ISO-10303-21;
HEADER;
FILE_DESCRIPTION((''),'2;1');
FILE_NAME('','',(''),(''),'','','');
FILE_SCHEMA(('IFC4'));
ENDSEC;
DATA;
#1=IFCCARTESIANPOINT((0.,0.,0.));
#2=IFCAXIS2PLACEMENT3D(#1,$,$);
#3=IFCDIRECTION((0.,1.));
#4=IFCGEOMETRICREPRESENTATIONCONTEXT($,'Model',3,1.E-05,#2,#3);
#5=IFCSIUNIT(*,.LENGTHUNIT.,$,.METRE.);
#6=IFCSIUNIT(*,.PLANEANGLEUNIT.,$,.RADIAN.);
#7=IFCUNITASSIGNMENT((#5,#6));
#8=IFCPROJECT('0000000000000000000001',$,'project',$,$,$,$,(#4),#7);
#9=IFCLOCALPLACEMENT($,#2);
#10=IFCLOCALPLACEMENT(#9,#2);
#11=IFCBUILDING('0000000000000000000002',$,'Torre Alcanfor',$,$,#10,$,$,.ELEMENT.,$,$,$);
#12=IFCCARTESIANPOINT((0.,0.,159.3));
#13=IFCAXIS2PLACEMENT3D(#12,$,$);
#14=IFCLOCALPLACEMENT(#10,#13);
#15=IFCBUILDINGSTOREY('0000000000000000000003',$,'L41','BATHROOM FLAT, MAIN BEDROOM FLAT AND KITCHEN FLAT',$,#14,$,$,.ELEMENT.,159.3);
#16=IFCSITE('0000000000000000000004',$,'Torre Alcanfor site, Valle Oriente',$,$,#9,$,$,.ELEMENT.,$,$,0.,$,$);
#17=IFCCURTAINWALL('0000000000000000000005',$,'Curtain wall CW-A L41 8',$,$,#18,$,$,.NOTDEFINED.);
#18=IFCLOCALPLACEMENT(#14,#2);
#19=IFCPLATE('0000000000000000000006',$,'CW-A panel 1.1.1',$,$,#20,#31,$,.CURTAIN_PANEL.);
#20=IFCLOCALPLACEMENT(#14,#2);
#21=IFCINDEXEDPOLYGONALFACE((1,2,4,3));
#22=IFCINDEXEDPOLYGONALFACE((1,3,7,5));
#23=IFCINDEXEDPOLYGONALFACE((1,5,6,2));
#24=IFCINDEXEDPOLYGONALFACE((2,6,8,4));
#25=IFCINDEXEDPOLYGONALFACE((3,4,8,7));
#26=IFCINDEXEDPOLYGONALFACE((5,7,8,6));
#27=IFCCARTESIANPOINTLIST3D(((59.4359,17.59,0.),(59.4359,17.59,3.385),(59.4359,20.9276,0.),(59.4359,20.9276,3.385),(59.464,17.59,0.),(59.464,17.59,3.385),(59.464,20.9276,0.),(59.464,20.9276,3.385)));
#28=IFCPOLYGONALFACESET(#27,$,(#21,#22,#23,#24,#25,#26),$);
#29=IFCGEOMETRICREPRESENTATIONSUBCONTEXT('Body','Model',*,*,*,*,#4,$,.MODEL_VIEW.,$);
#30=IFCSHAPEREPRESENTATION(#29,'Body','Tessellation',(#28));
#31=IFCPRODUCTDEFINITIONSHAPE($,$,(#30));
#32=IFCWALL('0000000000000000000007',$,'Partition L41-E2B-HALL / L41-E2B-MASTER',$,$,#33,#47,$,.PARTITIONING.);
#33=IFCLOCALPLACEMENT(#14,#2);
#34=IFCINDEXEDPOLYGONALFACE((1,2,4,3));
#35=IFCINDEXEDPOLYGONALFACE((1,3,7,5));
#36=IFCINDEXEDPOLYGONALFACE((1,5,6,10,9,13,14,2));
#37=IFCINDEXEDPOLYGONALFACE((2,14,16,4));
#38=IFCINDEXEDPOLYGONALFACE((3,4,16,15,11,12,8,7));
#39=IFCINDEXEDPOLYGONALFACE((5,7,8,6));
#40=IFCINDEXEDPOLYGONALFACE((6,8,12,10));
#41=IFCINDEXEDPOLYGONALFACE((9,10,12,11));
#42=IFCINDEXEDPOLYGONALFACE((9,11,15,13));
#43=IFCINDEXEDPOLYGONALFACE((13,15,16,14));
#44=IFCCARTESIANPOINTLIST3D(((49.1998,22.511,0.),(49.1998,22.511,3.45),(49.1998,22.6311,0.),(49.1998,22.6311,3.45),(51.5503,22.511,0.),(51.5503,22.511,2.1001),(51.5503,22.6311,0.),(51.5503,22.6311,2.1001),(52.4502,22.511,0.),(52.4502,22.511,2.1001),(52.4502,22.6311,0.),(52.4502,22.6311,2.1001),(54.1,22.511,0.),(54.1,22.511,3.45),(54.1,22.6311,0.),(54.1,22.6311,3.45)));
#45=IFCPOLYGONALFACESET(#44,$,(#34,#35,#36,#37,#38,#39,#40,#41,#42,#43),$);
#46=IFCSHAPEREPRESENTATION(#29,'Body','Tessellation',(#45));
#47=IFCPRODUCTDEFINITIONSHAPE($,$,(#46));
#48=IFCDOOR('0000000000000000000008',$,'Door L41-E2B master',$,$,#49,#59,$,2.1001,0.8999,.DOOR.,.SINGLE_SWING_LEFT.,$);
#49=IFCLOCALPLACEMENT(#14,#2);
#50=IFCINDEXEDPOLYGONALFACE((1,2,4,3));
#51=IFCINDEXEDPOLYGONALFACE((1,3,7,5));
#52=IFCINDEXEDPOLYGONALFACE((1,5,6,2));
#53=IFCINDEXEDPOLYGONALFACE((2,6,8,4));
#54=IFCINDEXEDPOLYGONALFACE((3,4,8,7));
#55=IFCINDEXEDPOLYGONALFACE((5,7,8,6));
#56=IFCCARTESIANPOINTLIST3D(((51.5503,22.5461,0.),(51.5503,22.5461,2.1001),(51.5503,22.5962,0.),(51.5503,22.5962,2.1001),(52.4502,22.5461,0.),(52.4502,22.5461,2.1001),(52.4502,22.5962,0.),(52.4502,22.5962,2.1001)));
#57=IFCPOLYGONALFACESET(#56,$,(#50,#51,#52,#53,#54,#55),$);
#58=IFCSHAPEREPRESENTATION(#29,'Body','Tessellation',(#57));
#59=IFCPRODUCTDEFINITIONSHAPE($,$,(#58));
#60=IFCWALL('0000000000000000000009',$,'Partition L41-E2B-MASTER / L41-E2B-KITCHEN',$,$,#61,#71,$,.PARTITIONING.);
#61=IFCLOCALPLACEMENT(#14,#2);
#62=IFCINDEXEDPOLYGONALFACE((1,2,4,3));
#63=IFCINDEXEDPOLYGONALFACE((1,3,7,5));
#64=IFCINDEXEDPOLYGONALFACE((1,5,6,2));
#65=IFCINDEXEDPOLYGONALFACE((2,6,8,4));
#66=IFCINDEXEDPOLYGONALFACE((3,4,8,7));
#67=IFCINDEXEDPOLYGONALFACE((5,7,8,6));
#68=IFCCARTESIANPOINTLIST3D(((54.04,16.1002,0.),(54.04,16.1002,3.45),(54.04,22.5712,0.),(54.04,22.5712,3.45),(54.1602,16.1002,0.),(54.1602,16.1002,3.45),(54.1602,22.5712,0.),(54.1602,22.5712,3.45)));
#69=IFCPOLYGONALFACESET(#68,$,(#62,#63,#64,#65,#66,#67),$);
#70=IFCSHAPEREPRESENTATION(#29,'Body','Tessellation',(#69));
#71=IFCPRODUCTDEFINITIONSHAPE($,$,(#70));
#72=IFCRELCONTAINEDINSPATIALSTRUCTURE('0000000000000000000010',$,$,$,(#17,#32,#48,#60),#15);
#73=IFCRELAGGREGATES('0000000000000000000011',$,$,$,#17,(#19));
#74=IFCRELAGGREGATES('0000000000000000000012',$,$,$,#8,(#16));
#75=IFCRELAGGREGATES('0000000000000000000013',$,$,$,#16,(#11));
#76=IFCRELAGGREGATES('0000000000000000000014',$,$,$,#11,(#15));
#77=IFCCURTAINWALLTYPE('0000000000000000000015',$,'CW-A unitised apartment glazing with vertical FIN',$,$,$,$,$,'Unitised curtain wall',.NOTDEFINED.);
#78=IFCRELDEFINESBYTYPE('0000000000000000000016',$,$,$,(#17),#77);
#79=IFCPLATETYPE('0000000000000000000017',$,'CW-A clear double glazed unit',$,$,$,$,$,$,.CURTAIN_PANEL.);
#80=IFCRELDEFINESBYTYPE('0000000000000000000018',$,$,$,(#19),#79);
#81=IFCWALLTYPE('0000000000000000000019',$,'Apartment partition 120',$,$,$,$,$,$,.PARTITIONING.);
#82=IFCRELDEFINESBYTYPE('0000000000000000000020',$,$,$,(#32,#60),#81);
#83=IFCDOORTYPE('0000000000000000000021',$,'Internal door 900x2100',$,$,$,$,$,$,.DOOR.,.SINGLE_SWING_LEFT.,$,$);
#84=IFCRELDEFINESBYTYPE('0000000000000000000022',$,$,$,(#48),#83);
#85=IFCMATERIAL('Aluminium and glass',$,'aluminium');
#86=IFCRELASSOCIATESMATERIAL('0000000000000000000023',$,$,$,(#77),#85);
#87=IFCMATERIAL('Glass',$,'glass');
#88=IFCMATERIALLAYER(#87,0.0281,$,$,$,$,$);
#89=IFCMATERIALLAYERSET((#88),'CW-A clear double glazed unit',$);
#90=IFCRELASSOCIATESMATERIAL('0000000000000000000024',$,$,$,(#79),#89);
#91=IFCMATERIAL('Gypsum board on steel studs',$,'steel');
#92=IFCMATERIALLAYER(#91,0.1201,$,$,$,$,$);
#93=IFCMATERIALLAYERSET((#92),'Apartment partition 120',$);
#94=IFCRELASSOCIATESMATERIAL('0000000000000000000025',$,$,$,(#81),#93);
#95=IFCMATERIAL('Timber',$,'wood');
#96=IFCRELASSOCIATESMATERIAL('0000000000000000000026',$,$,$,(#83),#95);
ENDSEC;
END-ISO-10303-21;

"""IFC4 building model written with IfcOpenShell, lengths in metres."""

from ifc_helpers import new_model, si_unit, direction, frame, frame_2d, origin, origin_2d, place, context, subcontext, project, spatial, rectangle, extrude, material, layer, layer_set, type_object, element, fill, aggregate, save


model = new_model("IFC4")

# Units and contexts
model_context = context("Model", 3, precision=1e-05, world=origin(), true_north=direction((0.0, 1.0)))
body_context = subcontext(model_context, "Body", "Model", "MODEL_VIEW")
ifc_project = project(units=[si_unit("LENGTHUNIT", "METRE"), si_unit("PLANEANGLEUNIT", "RADIAN")], contexts=[model_context])

# Site, building, storey
site_placement = place(None, origin())
site = spatial("IfcSite", under=ifc_project, at=site_placement, Name="Torre Alcanfor site, Valle Oriente", CompositionType="ELEMENT", RefElevation=0.0)
building_placement = place(site_placement, origin())
building = spatial("IfcBuilding", under=site, at=building_placement, Name="Torre Alcanfor", CompositionType="ELEMENT")
storey_placement = place(building_placement, frame((0.0, 0.0, 159.3)))
storey = spatial("IfcBuildingStorey", under=building, at=storey_placement, Name="L41", Description="BATHROOM FLAT, MAIN BEDROOM FLAT AND KITCHEN FLAT", CompositionType="ELEMENT", Elevation=159.3)

# Curtain wall
ifc_material_1 = material(Name="Aluminium and glass", Category="aluminium")
curtain_wall_type = type_object("IfcCurtainWallType", Name="CW-A unitised apartment glazing with vertical FIN", ElementType="Unitised curtain wall", PredefinedType="NOTDEFINED", material=ifc_material_1)
curtain_wall_placement = place(storey_placement, origin())
curtain_wall = element("IfcCurtainWall", 1, at=curtain_wall_placement, inside=storey, type_object=curtain_wall_type, Name="Curtain wall CW-A L41 8", PredefinedType="NOTDEFINED")

# Plate
ifc_material_2 = material(Name="Glass", Category="glass")
ifc_layer_1 = layer(ifc_material_2, 0.0281)
ifc_layer_set_1 = layer_set([ifc_layer_1], Name="CW-A clear double glazed unit")
plate_type = type_object("IfcPlateType", Name="CW-A clear double glazed unit", PredefinedType="CURTAIN_PANEL", material=ifc_layer_set_1)
plate_placement = place(storey_placement, frame((59.45, 19.2588, 0.0), z_axis=(0.0, 0.0, 1.0), x_axis=(0.0, 1.0, 0.0)))
plate = element("IfcPlate", 2, at=plate_placement, type_object=plate_type, Name="CW-A panel 1.1.1", PredefinedType="CURTAIN_PANEL", context=body_context, shape_type="SweptSolid", body=[
    extrude(rectangle(XDim=3.3376, YDim=0.0281, at=origin_2d()), origin(), (0.0, 0.0, 1.0), 3.385),
])
aggregate(curtain_wall, [plate])

# Wall, opening, door
ifc_material_3 = material(Name="Gypsum board on steel studs", Category="steel")
ifc_layer_2 = layer(ifc_material_3, 0.1201)
ifc_layer_set_2 = layer_set([ifc_layer_2], Name="Apartment partition 120")
wall_type_1 = type_object("IfcWallType", Name="Apartment partition 120", PredefinedType="PARTITIONING", material=ifc_layer_set_2)
wall_1_placement = place(storey_placement, frame((54.1001, 22.571, 0.0), z_axis=(0.0, 0.0, 1.0), x_axis=(-1.0, 0.0, 0.0)))
wall_1 = element("IfcWall", 3, at=wall_1_placement, inside=storey, type_object=wall_type_1, Name="Partition L41-E2B-HALL / L41-E2B-MASTER", PredefinedType="PARTITIONING", context=body_context, shape_type="SweptSolid", body=[
    extrude(rectangle(XDim=4.9001, YDim=0.1201, at=frame_2d((2.4502, 0.0))), origin(), (0.0, 0.0, 1.0), 3.45),
])
opening_placement = place(wall_1_placement, frame((1.6499, 0.0, 0.0)))
opening = element("IfcOpeningElement", 4, at=opening_placement, cuts=wall_1, PredefinedType="OPENING", context=body_context, shape_type="SweptSolid", body=[
    extrude(rectangle(XDim=0.8999, YDim=2.1001, at=frame_2d((0.45, 1.05))), frame((0.0, 0.0701, 0.0), z_axis=(0.0, -1.0, 0.0), x_axis=(1.0, 0.0, 0.0)), (0.0, 0.0, 1.0), 0.1401),
])
ifc_material_4 = material(Name="Timber", Category="wood")
door_type = type_object("IfcDoorType", Name="Internal door 900x2100", OperationType="SINGLE_SWING_LEFT", PredefinedType="DOOR", material=ifc_material_4)
door_placement = place(opening_placement, origin())
door = element("IfcDoor", 5, at=door_placement, inside=storey, type_object=door_type, Name="Door L41-E2B master", OperationType="SINGLE_SWING_LEFT", OverallHeight=2.1001, OverallWidth=0.8999, PredefinedType="DOOR", context=body_context, shape_type="SweptSolid", body=[
    extrude(rectangle(XDim=0.8999, YDim=2.1001, at=frame_2d((0.45, 1.05))), frame((0.0, 0.0249, 0.0), z_axis=(0.0, -1.0, 0.0), x_axis=(1.0, 0.0, 0.0)), (0.0, 0.0, 1.0), 0.05),
])
fill(opening, door)

# Wall
wall_2_placement = place(storey_placement, frame((54.1001, 22.571, 0.0), z_axis=(0.0, 0.0, 1.0), x_axis=(0.0, -1.0, 0.0)))
element("IfcWall", 6, at=wall_2_placement, inside=storey, type_object=wall_type_1, Name="Partition L41-E2B-MASTER / L41-E2B-KITCHEN", PredefinedType="PARTITIONING", context=body_context, shape_type="SweptSolid", body=[
    extrude(rectangle(XDim=6.4709, YDim=0.1201, at=frame_2d((3.2354, 0.0))), origin(), (0.0, 0.0, 1.0), 3.45),
])

save(model, "model.ifc")
